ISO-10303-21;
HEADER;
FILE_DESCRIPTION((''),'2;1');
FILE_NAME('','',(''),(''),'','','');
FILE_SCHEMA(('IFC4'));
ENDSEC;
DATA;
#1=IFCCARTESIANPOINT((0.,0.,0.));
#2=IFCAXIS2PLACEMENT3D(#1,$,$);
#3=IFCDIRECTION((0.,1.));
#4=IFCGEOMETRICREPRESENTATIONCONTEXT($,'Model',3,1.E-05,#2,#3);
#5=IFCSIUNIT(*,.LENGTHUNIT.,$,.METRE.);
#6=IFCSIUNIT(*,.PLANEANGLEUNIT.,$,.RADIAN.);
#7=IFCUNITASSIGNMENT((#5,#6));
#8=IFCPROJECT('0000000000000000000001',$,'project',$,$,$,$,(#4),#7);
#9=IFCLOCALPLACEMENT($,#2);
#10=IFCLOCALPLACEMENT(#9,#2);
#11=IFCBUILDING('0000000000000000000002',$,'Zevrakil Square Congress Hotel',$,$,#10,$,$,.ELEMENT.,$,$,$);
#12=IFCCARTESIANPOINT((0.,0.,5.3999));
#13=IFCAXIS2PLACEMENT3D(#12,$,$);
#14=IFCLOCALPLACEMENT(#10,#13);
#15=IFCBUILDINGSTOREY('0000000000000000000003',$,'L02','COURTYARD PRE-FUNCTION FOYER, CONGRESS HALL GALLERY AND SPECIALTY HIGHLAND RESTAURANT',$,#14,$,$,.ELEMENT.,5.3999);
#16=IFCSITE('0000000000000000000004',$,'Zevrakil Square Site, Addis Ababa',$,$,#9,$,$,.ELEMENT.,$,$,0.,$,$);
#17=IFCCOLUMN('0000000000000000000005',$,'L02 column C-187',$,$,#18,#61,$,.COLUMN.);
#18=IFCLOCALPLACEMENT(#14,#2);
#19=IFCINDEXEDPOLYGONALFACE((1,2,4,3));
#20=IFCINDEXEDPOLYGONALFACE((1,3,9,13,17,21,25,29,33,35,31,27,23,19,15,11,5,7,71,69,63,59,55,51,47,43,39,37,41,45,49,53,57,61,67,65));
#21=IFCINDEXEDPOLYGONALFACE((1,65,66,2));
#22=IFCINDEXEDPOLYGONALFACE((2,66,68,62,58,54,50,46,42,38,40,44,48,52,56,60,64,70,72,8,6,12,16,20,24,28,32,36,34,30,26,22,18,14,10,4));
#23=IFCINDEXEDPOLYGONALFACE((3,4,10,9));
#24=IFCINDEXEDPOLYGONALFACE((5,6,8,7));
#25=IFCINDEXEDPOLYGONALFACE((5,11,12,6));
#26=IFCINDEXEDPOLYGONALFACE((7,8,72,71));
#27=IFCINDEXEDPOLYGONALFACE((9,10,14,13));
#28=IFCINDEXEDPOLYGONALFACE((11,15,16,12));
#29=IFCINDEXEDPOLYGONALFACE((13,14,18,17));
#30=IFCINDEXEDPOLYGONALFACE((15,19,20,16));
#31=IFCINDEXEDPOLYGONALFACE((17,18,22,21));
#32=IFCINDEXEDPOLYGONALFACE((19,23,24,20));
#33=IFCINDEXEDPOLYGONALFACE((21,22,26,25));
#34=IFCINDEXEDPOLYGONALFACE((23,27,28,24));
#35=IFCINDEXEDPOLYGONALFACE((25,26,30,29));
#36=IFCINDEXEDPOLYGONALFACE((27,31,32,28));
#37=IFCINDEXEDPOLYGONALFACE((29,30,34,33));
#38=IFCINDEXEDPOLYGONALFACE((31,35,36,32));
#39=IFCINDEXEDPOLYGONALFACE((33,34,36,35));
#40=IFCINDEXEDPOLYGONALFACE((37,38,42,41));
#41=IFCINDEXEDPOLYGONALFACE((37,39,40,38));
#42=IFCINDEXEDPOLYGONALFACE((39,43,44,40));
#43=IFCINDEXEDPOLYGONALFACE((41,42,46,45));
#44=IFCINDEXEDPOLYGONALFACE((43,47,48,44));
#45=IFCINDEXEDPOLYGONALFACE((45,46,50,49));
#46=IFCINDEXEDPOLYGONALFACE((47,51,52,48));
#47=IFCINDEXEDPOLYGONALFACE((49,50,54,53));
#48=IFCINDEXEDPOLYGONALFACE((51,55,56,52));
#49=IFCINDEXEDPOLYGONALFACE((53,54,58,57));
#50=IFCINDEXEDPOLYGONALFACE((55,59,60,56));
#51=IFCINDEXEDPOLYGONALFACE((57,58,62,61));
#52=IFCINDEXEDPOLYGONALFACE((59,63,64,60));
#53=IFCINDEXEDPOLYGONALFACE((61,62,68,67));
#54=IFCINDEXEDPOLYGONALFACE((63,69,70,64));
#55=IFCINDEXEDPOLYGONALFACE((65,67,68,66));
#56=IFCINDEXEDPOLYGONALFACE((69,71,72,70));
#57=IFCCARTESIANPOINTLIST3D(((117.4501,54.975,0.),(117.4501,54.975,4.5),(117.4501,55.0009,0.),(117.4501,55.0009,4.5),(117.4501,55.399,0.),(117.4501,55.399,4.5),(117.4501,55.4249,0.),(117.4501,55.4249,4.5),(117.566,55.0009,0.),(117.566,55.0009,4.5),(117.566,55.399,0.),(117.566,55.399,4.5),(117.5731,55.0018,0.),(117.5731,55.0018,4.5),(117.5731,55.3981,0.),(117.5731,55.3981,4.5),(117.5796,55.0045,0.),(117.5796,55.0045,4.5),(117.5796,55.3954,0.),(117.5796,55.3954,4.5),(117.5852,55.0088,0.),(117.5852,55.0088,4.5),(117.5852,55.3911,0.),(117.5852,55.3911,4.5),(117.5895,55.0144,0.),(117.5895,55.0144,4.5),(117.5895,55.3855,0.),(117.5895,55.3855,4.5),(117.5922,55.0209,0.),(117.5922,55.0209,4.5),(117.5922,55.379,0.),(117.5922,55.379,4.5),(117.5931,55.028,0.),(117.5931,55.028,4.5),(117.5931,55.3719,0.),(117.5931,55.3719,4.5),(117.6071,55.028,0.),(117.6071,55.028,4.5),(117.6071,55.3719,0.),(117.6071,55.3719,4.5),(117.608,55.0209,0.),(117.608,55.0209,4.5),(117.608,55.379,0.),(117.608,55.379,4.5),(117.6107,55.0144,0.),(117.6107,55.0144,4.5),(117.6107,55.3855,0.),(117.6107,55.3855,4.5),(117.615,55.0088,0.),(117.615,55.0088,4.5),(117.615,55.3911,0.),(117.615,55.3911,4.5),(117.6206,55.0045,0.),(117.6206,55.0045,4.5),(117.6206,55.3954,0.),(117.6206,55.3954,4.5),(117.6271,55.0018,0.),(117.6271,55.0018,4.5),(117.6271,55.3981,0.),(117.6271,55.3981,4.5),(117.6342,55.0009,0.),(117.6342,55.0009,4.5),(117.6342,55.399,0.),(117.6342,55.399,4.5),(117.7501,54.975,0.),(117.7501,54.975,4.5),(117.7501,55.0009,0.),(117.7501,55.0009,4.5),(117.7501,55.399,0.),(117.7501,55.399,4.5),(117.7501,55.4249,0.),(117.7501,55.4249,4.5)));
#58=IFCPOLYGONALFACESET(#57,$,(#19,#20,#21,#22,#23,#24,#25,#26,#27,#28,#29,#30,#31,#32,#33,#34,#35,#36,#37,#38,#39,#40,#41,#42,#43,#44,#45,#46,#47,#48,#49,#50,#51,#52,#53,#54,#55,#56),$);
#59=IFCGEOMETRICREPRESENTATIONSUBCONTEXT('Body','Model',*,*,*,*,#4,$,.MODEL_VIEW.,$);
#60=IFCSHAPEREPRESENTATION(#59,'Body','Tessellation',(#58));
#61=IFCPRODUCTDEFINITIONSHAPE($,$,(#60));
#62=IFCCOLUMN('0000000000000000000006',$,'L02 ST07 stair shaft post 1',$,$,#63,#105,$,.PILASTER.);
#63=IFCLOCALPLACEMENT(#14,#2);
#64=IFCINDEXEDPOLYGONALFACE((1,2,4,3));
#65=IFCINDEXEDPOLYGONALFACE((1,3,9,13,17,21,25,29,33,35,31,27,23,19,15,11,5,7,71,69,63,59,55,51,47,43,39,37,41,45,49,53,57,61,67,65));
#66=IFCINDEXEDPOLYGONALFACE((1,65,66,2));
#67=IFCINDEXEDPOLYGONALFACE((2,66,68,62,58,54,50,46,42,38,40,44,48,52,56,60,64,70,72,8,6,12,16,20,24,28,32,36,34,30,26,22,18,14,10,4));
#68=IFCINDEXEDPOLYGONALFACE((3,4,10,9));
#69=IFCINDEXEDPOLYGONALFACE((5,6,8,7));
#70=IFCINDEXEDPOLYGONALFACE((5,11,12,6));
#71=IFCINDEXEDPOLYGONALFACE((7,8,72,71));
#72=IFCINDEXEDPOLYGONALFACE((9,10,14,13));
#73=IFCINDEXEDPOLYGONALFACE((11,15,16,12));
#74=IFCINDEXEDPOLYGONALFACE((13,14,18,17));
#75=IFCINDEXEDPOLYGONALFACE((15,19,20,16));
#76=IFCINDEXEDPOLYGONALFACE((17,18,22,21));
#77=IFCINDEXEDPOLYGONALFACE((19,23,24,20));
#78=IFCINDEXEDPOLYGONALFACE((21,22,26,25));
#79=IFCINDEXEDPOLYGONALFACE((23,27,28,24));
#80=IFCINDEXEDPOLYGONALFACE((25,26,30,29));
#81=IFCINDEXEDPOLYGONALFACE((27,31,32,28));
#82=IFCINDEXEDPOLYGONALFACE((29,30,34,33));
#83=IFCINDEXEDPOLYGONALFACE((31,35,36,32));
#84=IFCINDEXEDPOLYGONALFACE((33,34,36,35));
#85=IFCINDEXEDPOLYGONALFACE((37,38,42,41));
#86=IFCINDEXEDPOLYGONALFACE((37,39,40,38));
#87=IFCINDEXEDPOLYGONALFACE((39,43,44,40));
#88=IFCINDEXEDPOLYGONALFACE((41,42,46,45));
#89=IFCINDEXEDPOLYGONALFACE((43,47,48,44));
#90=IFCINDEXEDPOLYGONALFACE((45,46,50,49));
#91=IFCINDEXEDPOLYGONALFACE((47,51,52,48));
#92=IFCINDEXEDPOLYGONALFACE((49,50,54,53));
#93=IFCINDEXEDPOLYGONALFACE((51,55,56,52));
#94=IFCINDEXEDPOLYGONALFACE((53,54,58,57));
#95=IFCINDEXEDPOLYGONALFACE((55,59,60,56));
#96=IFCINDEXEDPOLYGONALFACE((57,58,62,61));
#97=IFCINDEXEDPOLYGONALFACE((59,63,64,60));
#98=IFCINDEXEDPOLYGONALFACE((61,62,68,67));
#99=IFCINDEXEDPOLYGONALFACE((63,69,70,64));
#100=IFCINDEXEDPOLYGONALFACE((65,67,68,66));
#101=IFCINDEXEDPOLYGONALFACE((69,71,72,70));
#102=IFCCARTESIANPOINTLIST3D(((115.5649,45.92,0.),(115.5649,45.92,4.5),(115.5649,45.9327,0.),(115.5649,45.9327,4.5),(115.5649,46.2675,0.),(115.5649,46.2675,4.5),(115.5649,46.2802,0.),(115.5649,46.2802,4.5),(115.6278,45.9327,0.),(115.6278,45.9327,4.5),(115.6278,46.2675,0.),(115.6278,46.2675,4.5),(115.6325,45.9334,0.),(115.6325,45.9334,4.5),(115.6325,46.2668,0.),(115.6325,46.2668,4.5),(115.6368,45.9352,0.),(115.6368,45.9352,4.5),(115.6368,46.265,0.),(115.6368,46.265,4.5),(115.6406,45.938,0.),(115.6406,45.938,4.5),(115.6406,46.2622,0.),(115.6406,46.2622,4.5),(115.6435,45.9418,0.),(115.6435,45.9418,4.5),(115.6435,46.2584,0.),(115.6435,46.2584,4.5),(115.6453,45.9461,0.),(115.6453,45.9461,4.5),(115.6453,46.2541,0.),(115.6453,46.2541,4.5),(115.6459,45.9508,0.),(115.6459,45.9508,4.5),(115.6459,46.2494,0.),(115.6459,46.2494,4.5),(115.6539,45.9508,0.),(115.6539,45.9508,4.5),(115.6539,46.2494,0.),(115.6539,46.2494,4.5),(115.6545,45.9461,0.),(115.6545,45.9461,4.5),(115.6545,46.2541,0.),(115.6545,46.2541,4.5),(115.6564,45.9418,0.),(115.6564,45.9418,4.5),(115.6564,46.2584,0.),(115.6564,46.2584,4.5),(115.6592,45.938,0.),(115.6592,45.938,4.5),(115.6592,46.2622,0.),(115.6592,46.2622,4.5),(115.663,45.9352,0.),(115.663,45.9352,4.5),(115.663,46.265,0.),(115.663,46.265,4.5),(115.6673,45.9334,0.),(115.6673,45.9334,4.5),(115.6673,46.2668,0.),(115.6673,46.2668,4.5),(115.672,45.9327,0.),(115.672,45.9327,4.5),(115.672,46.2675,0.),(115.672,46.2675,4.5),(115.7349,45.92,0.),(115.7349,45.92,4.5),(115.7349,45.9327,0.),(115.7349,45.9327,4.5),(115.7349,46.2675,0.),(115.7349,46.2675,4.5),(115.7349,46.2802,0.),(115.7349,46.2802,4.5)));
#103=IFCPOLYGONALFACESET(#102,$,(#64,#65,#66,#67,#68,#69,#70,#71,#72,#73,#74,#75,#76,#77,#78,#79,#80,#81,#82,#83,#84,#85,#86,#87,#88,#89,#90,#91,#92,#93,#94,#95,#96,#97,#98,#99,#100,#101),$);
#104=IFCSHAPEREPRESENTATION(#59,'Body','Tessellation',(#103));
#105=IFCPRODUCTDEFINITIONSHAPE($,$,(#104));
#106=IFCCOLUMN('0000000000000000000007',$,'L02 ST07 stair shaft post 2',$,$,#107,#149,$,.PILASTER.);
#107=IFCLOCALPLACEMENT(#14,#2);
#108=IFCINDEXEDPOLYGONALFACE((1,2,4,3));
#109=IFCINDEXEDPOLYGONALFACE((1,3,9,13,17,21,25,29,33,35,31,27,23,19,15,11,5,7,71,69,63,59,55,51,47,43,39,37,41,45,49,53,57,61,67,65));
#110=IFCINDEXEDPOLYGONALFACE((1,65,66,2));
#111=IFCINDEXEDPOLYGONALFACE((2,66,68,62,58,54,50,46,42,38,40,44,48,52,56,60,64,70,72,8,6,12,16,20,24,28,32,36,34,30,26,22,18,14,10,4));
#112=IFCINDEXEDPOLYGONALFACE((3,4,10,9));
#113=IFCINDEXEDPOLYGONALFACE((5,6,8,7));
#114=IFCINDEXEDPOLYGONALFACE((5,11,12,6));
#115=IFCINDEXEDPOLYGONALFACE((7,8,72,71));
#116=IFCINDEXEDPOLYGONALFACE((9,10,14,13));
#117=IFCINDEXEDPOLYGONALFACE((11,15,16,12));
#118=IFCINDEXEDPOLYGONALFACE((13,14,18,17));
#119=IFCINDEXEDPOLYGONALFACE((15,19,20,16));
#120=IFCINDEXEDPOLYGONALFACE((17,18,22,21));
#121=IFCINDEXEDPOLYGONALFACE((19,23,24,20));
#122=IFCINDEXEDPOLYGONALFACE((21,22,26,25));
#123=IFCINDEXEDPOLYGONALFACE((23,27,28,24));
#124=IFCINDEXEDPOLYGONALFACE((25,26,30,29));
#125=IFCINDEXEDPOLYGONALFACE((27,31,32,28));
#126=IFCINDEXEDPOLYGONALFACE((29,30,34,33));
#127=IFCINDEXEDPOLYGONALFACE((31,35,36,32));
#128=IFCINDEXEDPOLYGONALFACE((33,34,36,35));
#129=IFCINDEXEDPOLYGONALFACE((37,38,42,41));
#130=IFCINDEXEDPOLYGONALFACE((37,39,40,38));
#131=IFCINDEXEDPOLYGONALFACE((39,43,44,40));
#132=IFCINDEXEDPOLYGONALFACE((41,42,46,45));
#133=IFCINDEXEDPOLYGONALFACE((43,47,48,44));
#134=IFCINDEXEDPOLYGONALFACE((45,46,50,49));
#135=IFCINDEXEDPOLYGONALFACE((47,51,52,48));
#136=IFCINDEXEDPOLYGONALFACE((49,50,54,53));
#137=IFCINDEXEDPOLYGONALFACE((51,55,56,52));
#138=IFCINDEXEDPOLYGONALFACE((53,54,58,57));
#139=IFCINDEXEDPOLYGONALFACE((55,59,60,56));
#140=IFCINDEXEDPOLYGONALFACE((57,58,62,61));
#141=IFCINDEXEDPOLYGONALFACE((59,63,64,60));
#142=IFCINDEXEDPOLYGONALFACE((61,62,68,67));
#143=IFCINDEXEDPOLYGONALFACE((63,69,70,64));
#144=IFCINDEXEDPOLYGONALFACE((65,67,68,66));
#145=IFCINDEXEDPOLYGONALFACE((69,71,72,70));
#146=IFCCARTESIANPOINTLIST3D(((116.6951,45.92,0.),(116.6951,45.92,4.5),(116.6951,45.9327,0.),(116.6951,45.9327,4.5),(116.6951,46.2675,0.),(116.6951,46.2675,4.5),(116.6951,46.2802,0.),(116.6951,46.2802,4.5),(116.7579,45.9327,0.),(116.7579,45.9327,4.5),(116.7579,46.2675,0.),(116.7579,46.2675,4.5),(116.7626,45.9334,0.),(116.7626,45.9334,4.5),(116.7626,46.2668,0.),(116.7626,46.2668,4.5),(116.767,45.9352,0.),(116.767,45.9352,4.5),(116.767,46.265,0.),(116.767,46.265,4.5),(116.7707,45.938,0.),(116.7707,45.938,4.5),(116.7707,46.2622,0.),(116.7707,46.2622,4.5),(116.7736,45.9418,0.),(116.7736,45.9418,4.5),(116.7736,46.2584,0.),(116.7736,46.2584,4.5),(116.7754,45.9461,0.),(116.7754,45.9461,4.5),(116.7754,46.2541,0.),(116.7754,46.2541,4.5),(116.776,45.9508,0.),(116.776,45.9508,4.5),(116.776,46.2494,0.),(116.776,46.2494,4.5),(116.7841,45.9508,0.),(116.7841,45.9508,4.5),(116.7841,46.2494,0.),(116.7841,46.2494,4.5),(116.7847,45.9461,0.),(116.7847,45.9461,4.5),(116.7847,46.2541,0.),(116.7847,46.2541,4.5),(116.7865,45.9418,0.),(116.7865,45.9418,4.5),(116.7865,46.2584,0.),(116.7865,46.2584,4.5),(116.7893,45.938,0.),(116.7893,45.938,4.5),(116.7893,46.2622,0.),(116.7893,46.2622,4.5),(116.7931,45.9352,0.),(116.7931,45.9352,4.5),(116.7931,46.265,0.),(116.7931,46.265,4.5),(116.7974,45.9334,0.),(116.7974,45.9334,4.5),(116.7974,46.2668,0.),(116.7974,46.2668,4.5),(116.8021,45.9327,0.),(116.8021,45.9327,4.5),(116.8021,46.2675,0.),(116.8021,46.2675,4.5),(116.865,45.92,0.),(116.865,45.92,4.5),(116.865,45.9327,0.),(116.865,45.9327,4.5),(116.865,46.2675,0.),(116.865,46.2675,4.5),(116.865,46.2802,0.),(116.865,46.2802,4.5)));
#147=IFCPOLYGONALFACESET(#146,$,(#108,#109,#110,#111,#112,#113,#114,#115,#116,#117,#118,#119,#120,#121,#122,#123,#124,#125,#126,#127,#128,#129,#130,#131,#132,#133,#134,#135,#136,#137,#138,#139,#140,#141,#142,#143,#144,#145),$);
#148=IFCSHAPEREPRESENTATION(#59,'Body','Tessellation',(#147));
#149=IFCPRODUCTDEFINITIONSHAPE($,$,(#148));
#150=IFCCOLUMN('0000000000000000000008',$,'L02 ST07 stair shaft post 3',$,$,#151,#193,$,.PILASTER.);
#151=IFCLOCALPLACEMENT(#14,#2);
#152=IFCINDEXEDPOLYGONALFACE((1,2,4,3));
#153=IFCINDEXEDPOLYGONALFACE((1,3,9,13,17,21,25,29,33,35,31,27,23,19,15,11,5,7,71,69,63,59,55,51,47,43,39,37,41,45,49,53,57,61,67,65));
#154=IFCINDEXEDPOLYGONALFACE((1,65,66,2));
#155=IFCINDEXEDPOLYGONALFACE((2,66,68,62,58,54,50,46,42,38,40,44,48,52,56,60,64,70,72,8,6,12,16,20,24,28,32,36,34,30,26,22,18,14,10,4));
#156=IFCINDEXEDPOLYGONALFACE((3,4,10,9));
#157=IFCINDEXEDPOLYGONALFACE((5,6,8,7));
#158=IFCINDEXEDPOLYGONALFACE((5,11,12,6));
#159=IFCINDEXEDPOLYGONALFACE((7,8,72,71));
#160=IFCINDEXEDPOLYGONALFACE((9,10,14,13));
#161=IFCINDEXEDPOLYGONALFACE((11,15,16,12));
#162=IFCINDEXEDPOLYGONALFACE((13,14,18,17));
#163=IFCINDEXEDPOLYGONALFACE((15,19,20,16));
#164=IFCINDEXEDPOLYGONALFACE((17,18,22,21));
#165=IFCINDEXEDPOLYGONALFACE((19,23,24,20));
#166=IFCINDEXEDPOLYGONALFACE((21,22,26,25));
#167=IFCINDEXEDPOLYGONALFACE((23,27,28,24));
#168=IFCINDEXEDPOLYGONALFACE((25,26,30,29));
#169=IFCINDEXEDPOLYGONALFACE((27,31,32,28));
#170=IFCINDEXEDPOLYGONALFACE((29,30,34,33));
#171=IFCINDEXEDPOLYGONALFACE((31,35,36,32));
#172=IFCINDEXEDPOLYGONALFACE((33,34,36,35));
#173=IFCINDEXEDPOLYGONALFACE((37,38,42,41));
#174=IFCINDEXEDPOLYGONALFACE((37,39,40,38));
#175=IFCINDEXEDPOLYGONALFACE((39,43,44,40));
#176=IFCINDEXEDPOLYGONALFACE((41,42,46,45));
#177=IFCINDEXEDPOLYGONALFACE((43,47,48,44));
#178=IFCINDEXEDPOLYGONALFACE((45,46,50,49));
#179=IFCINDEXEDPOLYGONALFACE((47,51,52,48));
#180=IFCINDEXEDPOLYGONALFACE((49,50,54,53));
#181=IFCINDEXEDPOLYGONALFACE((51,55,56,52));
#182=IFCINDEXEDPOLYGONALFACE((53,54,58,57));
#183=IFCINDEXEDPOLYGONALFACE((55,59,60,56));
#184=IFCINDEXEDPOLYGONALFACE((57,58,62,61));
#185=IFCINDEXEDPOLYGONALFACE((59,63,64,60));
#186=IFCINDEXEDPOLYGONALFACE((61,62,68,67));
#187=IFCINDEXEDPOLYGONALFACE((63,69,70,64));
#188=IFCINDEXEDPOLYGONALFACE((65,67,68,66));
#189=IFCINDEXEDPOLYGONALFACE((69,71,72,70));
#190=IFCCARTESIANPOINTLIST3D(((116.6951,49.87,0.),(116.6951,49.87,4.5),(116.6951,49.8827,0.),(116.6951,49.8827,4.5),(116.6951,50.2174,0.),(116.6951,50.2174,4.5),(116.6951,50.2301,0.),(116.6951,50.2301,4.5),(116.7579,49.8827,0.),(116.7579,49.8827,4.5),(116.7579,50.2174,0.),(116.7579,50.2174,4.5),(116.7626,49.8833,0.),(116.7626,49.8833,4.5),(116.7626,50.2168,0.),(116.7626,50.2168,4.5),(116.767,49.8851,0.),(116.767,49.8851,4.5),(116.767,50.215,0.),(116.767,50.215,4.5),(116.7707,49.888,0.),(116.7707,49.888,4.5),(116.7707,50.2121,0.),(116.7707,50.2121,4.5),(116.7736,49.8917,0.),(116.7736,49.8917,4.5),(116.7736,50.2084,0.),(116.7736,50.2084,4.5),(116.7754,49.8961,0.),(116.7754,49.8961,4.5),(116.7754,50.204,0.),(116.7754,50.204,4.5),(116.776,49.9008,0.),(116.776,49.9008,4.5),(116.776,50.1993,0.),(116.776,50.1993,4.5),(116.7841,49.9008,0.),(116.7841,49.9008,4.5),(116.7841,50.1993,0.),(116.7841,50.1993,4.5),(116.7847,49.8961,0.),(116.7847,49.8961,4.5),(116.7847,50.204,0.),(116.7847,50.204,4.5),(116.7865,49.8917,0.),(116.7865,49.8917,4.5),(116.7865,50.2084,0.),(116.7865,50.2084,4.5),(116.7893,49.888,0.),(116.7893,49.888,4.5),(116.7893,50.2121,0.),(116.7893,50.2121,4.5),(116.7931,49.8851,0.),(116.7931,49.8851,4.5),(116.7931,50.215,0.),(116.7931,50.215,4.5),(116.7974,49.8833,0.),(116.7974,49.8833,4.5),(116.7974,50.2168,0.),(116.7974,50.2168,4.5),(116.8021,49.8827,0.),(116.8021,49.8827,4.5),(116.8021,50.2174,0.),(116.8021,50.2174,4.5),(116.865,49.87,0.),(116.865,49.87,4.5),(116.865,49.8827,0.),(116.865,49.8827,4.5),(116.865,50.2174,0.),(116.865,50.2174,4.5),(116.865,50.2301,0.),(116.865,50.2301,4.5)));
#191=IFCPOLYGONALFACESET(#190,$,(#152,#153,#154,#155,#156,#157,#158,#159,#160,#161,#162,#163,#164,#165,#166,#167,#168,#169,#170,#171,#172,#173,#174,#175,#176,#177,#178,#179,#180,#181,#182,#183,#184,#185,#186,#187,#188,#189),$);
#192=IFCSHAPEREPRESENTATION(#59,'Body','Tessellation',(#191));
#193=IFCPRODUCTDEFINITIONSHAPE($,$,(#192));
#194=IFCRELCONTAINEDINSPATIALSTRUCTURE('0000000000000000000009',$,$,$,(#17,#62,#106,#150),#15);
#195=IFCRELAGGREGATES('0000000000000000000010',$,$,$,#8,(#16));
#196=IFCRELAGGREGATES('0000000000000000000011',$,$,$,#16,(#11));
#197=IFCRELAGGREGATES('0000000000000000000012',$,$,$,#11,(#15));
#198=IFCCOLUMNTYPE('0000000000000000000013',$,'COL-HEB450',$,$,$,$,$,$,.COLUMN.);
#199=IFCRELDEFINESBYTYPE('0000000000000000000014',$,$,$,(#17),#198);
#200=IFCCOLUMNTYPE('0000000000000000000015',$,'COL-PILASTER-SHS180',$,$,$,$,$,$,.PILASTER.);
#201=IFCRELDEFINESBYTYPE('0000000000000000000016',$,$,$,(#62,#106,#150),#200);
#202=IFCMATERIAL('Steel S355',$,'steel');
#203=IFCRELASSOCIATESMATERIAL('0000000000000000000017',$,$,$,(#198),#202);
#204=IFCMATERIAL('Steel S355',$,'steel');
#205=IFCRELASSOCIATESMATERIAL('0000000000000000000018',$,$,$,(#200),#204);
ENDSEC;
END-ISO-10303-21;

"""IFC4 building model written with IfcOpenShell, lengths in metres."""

from ifc_helpers import new_model, si_unit, direction, frame, origin, origin_2d, place, context, subcontext, project, spatial, i_section, extrude, material, material_profile, profile_set, type_object, element, save


model = new_model("IFC4")

# Units and contexts
model_context = context("Model", 3, precision=1e-05, world=origin(), true_north=direction((0.0, 1.0)))
body_context = subcontext(model_context, "Body", "Model", "MODEL_VIEW")
ifc_project = project(units=[si_unit("LENGTHUNIT", "METRE"), si_unit("PLANEANGLEUNIT", "RADIAN")], contexts=[model_context])

# Site, building, storey
site_placement = place(None, origin())
site = spatial("IfcSite", under=ifc_project, at=site_placement, Name="Zevrakil Square Site, Addis Ababa", CompositionType="ELEMENT", RefElevation=0.0)
building_placement = place(site_placement, origin())
building = spatial("IfcBuilding", under=site, at=building_placement, Name="Zevrakil Square Congress Hotel", CompositionType="ELEMENT")
storey_placement = place(building_placement, frame((0.0, 0.0, 5.3999)))
storey = spatial("IfcBuildingStorey", under=building, at=storey_placement, Name="L02", Description="COURTYARD PRE-FUNCTION FOYER, CONGRESS HALL GALLERY AND SPECIALTY HIGHLAND RESTAURANT", CompositionType="ELEMENT", Elevation=5.3999)

# Columns
ifc_material_1 = material(Name="Steel S355", Category="steel")
ifc_material_profile_1 = material_profile(ifc_material_1, i_section(OverallWidth=0.3, OverallDepth=0.45, WebThickness=0.0139, FlangeThickness=0.0259, FilletRadius=0.0271, at=origin_2d()), Name="HEB 450")
ifc_profile_set_1 = profile_set([ifc_material_profile_1], Name="Steel S355")
column_type_1 = type_object("IfcColumnType", Name="COL-HEB450", PredefinedType="COLUMN", material=ifc_profile_set_1)
column_placement = place(storey_placement, frame((117.6001, 55.2, 0.0), z_axis=(0.0, 0.0, 1.0), x_axis=(1.0, 0.0, 0.0)))
element("IfcColumn", 1, at=column_placement, inside=storey, type_object=column_type_1, Name="L02 column C-187", PredefinedType="COLUMN", context=body_context, shape_type="SweptSolid", body=[
    extrude(i_section(OverallWidth=0.3, OverallDepth=0.45, WebThickness=0.0139, FlangeThickness=0.0259, FilletRadius=0.0271, at=origin_2d()), origin(), (0.0, 0.0, 1.0), 4.5),
])
ifc_material_2 = material(Name="Steel S355", Category="steel")
ifc_material_profile_2 = material_profile(ifc_material_2, i_section(OverallWidth=0.1699, OverallDepth=0.3601, WebThickness=0.0081, FlangeThickness=0.0127, FilletRadius=0.0181, at=origin_2d()), Name="IPE 360")
ifc_profile_set_2 = profile_set([ifc_material_profile_2], Name="Steel S355")
column_type_2 = type_object("IfcColumnType", Name="COL-PILASTER-SHS180", PredefinedType="PILASTER", material=ifc_profile_set_2)
for number, where, z_axis, x_axis, name in (
    (2, (115.6499, 46.1001, 0.0), (0.0, 0.0, 1.0), (1.0, 0.0, 0.0), "L02 ST07 stair shaft post 1"),
    (3, (116.78, 46.1001, 0.0), (0.0, 0.0, 1.0), (1.0, 0.0, 0.0), "L02 ST07 stair shaft post 2"),
    (4, (116.78, 50.05, 0.0), (0.0, 0.0, 1.0), (1.0, 0.0, 0.0), "L02 ST07 stair shaft post 3"),
):
    element("IfcColumn", number, at=place(storey_placement, frame(where, z_axis=z_axis, x_axis=x_axis)), inside=storey, type_object=column_type_2, Name=name, PredefinedType="PILASTER", context=body_context, shape_type="SweptSolid", body=[
        extrude(i_section(OverallWidth=0.1699, OverallDepth=0.3601, WebThickness=0.0081, FlangeThickness=0.0127, FilletRadius=0.0181, at=origin_2d()), origin(), (0.0, 0.0, 1.0), 4.5),
    ])

save(model, "model.ifc")
